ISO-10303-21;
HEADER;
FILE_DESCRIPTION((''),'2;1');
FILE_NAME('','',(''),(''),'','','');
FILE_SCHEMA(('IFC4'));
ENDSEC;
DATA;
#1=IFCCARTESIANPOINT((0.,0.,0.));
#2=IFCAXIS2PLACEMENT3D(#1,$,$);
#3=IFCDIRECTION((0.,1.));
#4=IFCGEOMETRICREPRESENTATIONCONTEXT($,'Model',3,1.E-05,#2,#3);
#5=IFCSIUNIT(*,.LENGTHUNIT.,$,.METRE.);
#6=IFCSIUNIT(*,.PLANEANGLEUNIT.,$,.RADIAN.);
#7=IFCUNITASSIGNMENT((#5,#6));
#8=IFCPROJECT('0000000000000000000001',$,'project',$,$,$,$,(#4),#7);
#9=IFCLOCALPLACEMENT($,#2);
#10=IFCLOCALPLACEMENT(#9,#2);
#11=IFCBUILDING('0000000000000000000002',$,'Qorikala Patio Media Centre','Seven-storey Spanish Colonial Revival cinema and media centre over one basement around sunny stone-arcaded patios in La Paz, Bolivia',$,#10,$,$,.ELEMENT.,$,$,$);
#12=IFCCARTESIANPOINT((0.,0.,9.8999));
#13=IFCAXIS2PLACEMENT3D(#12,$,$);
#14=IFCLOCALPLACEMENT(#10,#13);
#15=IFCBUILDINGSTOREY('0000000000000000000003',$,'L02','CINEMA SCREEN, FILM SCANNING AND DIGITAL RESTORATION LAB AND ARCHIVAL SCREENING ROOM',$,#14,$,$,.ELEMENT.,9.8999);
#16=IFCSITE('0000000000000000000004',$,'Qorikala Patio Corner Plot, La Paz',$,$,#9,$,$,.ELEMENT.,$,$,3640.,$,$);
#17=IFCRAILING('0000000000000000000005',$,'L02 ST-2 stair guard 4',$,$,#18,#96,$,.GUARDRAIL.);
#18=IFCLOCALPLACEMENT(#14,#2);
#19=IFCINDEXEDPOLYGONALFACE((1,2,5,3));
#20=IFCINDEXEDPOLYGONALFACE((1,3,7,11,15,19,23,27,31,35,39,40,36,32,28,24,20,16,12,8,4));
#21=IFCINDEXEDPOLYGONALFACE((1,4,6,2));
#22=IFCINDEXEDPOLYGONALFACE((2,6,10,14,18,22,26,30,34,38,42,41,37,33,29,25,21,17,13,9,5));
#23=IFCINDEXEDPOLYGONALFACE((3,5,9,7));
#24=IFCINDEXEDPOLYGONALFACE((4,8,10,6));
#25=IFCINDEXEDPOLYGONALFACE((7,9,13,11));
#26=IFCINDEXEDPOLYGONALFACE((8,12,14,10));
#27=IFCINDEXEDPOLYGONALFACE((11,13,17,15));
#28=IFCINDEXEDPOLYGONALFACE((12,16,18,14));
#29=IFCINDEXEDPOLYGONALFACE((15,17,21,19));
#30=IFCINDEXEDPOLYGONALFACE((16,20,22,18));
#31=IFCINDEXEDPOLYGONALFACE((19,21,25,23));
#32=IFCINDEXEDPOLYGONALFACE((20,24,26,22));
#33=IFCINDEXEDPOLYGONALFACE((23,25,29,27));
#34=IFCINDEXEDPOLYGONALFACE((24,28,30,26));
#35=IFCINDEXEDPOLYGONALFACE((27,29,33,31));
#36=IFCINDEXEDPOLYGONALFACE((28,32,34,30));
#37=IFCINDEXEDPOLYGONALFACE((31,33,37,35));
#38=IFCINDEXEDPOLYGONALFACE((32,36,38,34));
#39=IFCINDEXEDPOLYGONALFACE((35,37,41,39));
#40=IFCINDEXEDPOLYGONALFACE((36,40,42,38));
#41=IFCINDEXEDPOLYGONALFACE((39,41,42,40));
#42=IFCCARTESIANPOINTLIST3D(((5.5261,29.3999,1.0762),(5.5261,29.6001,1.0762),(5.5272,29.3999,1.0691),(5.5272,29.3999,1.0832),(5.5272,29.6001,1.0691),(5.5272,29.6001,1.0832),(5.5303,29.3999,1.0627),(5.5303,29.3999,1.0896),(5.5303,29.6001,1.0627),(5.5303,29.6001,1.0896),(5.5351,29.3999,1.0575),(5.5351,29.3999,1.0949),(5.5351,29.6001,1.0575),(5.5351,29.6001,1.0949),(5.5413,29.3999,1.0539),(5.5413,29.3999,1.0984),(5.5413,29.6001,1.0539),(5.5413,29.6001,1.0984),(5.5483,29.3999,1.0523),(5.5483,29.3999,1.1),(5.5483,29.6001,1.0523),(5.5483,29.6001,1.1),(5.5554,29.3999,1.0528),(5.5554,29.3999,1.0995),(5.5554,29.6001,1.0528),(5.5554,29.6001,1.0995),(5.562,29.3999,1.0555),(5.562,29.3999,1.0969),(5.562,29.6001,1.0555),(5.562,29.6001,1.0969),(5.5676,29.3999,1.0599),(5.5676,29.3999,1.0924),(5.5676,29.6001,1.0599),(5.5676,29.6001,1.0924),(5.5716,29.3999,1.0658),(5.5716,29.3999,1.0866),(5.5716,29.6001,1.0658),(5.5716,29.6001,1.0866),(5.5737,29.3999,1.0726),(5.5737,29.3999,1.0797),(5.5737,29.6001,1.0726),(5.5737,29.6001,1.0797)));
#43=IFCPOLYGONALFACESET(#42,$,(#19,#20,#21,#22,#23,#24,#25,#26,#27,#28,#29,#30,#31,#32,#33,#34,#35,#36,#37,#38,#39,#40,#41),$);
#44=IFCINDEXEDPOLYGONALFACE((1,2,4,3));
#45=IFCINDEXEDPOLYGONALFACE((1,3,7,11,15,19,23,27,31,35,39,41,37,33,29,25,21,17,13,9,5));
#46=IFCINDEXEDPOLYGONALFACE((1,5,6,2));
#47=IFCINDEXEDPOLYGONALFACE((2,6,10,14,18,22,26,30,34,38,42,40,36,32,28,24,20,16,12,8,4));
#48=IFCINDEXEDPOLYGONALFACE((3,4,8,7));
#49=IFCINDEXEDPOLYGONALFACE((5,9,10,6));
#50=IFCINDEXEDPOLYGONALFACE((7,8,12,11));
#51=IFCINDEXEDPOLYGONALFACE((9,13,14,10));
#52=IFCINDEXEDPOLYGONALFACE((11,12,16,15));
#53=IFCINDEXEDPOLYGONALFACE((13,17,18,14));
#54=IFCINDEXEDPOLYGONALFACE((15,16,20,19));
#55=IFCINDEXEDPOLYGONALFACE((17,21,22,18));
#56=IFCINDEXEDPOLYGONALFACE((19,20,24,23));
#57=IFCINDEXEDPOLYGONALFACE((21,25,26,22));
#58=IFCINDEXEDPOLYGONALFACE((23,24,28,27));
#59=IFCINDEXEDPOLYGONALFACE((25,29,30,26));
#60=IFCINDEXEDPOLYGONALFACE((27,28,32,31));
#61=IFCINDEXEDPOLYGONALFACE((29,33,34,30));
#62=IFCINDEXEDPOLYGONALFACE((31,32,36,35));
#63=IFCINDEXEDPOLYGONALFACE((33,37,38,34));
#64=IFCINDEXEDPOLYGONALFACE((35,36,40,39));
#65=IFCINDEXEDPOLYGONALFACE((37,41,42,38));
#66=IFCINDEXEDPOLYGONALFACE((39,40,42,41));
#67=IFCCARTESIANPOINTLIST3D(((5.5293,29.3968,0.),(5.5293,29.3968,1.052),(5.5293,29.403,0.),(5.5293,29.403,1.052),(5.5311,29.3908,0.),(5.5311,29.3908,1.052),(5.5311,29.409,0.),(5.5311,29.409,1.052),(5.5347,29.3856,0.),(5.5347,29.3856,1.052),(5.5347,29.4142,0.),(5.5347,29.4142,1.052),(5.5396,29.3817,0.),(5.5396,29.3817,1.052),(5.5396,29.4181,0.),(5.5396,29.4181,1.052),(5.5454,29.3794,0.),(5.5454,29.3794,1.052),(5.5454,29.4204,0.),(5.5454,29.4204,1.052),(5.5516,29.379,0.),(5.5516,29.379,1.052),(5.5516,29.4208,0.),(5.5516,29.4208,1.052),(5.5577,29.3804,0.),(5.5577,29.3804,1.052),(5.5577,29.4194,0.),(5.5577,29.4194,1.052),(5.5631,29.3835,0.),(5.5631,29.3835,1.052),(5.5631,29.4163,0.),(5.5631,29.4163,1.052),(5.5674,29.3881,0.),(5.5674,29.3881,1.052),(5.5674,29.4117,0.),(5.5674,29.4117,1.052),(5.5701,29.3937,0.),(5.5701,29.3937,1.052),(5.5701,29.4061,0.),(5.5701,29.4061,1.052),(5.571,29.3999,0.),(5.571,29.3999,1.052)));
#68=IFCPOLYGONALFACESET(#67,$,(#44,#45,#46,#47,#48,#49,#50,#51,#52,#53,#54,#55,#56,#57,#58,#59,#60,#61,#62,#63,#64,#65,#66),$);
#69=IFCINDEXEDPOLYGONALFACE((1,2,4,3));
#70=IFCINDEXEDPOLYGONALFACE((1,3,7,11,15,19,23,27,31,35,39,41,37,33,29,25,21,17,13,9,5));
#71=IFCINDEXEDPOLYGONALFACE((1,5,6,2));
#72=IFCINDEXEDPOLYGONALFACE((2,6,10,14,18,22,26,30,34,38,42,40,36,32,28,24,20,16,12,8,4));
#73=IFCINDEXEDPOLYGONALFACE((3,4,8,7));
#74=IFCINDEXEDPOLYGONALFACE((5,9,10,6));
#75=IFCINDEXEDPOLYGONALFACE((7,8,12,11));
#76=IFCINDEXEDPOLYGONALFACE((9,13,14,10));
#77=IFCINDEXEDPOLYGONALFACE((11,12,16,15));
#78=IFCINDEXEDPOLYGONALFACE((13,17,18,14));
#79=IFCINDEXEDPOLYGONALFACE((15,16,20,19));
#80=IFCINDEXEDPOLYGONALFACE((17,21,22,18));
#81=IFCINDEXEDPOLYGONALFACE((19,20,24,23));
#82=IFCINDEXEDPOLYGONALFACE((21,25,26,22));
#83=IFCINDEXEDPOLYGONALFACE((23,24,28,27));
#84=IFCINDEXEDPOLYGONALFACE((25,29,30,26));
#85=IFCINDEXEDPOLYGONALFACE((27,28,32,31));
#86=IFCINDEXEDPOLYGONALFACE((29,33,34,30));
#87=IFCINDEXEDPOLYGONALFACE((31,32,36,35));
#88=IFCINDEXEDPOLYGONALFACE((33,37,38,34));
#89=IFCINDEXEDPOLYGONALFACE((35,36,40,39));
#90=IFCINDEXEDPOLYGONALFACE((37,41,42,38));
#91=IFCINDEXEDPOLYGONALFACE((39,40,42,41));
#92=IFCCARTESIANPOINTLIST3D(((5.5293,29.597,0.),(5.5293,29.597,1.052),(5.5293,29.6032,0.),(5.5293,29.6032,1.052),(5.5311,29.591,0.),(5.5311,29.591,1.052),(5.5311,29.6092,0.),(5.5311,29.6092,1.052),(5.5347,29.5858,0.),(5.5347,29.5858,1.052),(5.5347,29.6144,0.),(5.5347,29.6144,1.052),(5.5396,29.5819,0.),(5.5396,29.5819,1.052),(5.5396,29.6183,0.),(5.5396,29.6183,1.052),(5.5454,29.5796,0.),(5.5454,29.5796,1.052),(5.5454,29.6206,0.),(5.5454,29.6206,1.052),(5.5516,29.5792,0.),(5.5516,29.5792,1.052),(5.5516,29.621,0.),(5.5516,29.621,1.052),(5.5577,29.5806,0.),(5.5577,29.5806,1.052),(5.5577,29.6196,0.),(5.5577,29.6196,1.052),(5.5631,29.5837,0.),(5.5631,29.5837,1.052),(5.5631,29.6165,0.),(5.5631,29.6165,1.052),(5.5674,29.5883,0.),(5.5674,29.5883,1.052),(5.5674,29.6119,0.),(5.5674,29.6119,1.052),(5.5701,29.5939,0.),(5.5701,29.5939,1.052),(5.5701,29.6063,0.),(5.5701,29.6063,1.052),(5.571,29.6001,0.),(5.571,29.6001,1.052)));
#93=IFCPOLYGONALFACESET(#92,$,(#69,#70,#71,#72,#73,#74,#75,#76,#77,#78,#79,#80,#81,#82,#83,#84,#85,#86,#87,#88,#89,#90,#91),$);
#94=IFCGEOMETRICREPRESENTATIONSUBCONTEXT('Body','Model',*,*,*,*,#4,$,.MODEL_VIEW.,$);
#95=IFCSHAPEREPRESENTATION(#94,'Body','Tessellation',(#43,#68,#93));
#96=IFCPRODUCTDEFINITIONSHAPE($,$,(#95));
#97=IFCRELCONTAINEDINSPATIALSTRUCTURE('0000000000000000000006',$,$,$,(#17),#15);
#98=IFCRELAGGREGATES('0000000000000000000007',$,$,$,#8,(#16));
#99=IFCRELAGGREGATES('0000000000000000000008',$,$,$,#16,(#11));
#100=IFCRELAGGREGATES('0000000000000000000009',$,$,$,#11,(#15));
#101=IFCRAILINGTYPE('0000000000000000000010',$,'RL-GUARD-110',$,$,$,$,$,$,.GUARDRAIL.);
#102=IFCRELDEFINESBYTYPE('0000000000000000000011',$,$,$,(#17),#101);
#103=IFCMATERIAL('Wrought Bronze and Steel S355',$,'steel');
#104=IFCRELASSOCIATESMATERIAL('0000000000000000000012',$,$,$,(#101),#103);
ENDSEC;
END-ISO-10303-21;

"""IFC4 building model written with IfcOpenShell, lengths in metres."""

from ifc_helpers import new_model, si_unit, direction, frame, origin, origin_2d, place, context, subcontext, project, spatial, circle, extrude, material, type_object, element, save


model = new_model("IFC4")

# Units and contexts
model_context = context("Model", 3, precision=1e-05, world=origin(), true_north=direction((0.0, 1.0)))
body_context = subcontext(model_context, "Body", "Model", "MODEL_VIEW")
ifc_project = project(units=[si_unit("LENGTHUNIT", "METRE"), si_unit("PLANEANGLEUNIT", "RADIAN")], contexts=[model_context])

# Site, building, storey
site_placement = place(None, origin())
site = spatial("IfcSite", under=ifc_project, at=site_placement, Name="Qorikala Patio Corner Plot, La Paz", CompositionType="ELEMENT", RefElevation=3640.0)
building_placement = place(site_placement, origin())
building = spatial("IfcBuilding", under=site, at=building_placement, Name="Qorikala Patio Media Centre", Description="Seven-storey Spanish Colonial Revival cinema and media centre over one basement around sunny stone-arcaded patios in La Paz, Bolivia", CompositionType="ELEMENT")
storey_placement = place(building_placement, frame((0.0, 0.0, 9.8999)))
storey = spatial("IfcBuildingStorey", under=building, at=storey_placement, Name="L02", Description="CINEMA SCREEN, FILM SCANNING AND DIGITAL RESTORATION LAB AND ARCHIVAL SCREENING ROOM", CompositionType="ELEMENT", Elevation=9.8999)

# Railing
ifc_material_1 = material(Name="Wrought Bronze and Steel S355", Category="steel")
railing_type_1 = type_object("IfcRailingType", Name="RL-GUARD-110", PredefinedType="GUARDRAIL", material=ifc_material_1)
railing_1_placement = place(storey_placement, frame((5.55, 29.3999, 0.0)))
element("IfcRailing", 1, at=railing_1_placement, inside=storey, type_object=railing_type_1, Name="L02 ST-2 stair guard 4", PredefinedType="GUARDRAIL", context=body_context, shape_type="SweptSolid", body=[
    extrude(circle(Radius=0.0239, at=origin_2d()), frame((0.0, 0.0, 1.0762), z_axis=(0.0, 1.0, 0.0), x_axis=(-1.0, 0.0, 0.0)), (0.0, 0.0, 1.0), 0.2002),
    extrude(circle(Radius=0.021, at=origin_2d()), origin(), (0.0, 0.0, 1.0), 1.052),
    extrude(circle(Radius=0.021, at=origin_2d()), frame((0.0, 0.2002, 0.0)), (0.0, 0.0, 1.0), 1.052),
])

save(model, "model.ifc")
